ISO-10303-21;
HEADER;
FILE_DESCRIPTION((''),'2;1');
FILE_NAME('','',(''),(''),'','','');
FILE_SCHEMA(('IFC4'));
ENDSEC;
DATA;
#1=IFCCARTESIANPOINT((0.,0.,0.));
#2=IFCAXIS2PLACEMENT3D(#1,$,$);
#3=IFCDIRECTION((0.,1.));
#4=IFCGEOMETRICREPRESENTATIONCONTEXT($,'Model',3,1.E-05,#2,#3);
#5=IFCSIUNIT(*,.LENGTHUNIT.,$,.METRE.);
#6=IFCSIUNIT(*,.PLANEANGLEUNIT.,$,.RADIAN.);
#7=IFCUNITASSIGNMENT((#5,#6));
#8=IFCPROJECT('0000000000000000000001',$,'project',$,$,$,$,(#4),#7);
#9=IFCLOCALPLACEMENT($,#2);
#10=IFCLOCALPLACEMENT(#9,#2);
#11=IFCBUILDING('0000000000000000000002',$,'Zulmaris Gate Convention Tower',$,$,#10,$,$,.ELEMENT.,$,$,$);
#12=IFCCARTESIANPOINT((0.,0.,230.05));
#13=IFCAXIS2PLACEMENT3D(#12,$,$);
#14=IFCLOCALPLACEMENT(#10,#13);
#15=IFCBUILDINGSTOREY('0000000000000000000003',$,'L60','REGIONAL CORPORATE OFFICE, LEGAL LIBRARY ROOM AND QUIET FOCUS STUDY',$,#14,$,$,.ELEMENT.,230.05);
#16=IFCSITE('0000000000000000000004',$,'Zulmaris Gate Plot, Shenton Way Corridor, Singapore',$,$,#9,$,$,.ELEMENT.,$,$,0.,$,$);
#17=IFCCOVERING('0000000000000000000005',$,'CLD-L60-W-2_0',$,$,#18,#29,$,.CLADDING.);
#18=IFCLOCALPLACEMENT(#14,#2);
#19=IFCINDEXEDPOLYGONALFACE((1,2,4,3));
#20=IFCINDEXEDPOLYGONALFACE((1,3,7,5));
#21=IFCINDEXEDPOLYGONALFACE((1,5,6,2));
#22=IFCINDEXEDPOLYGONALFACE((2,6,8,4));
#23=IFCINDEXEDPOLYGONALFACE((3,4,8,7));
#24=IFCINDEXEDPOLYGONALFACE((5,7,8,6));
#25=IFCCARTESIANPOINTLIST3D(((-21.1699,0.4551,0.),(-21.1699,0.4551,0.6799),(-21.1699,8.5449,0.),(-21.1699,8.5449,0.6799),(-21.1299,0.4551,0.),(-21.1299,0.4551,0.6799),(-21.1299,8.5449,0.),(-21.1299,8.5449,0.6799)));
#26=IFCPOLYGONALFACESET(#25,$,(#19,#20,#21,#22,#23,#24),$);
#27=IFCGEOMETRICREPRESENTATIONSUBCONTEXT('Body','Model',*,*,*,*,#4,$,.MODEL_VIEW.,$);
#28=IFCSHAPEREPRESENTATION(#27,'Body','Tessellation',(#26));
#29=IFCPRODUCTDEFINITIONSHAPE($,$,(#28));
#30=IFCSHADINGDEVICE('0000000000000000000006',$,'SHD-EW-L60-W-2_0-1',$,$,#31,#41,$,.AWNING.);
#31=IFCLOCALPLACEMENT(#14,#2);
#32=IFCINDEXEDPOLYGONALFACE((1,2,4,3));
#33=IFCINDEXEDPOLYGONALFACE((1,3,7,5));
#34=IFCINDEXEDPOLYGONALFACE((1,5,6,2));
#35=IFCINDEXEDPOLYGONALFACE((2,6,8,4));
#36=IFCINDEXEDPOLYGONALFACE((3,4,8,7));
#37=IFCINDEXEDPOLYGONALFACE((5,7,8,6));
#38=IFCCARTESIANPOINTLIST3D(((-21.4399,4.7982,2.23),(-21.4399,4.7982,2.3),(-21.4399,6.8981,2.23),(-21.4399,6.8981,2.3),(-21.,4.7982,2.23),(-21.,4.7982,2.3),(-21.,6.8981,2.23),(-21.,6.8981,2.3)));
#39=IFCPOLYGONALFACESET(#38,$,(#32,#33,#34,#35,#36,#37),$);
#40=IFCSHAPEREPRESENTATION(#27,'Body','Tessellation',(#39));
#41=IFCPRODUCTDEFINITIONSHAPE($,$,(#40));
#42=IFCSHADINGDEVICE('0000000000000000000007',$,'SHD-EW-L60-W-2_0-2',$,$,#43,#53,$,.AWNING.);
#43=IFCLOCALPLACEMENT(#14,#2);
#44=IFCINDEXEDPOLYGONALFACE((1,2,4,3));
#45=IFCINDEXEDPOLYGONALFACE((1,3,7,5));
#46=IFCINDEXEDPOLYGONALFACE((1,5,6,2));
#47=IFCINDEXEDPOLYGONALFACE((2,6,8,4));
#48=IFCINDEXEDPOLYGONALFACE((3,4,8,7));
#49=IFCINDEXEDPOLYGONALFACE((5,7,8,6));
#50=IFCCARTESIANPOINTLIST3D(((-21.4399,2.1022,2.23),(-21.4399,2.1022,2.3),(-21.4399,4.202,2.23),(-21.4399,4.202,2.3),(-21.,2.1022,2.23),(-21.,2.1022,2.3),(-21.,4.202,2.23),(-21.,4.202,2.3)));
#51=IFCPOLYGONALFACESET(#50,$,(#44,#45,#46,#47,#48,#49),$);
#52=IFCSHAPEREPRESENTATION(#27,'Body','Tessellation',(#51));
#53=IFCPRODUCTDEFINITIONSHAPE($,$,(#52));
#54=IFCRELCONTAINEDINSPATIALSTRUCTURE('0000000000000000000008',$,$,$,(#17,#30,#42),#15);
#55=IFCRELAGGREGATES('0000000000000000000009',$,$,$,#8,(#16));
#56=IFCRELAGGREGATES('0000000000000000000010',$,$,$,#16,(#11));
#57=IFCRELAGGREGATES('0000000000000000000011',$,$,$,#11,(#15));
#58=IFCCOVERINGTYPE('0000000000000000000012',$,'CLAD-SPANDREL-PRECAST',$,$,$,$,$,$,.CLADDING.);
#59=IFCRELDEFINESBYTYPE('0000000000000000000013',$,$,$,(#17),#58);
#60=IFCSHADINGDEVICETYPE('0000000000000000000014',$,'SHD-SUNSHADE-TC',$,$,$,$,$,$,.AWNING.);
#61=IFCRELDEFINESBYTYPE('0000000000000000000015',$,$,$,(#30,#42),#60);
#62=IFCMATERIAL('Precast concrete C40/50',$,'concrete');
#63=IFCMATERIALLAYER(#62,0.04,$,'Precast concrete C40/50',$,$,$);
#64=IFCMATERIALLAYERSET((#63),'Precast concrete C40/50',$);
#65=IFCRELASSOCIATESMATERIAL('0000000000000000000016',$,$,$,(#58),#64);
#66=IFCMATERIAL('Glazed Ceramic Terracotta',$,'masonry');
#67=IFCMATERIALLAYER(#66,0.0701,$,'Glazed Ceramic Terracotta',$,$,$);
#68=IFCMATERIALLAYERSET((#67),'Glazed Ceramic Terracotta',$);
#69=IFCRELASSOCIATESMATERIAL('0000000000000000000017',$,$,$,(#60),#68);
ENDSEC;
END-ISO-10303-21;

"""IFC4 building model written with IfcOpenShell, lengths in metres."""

from ifc_helpers import new_model, si_unit, direction, frame, frame_2d, origin, place, context, subcontext, project, spatial, rectangle, extrude, material, layer, layer_set, type_object, element, save


model = new_model("IFC4")

# Units and contexts
model_context = context("Model", 3, precision=1e-05, world=origin(), true_north=direction((0.0, 1.0)))
body_context = subcontext(model_context, "Body", "Model", "MODEL_VIEW")
ifc_project = project(units=[si_unit("LENGTHUNIT", "METRE"), si_unit("PLANEANGLEUNIT", "RADIAN")], contexts=[model_context])

# Site, building, storey
site_placement = place(None, origin())
site = spatial("IfcSite", under=ifc_project, at=site_placement, Name="Zulmaris Gate Plot, Shenton Way Corridor, Singapore", CompositionType="ELEMENT", RefElevation=0.0)
building_placement = place(site_placement, origin())
building = spatial("IfcBuilding", under=site, at=building_placement, Name="Zulmaris Gate Convention Tower", CompositionType="ELEMENT")
storey_placement = place(building_placement, frame((0.0, 0.0, 230.05)))
storey = spatial("IfcBuildingStorey", under=building, at=storey_placement, Name="L60", Description="REGIONAL CORPORATE OFFICE, LEGAL LIBRARY ROOM AND QUIET FOCUS STUDY", CompositionType="ELEMENT", Elevation=230.05)

# Shared definitions
ifc_material_1 = material(Name="Precast concrete C40/50", Category="concrete")

# Covering
ifc_layer_1 = layer(ifc_material_1, 0.04, Name="Precast concrete C40/50")
ifc_layer_set_1 = layer_set([ifc_layer_1], Name="Precast concrete C40/50")
covering_type = type_object("IfcCoveringType", Name="CLAD-SPANDREL-PRECAST", PredefinedType="CLADDING", material=ifc_layer_set_1)
covering_placement = place(storey_placement, frame((-21.1499, 8.5449, 0.0), z_axis=(0.0, 0.0, 1.0), x_axis=(0.0, -1.0, 0.0)))
element("IfcCovering", 1, at=covering_placement, inside=storey, type_object=covering_type, Name="CLD-L60-W-2_0", PredefinedType="CLADDING", context=body_context, shape_type="SweptSolid", body=[
    extrude(rectangle(XDim=8.0898, YDim=0.04, at=frame_2d((4.0449, 0.0))), origin(), (0.0, 0.0, 1.0), 0.6799),
])

# Shading devices
ifc_material_2 = material(Name="Glazed Ceramic Terracotta", Category="masonry")
ifc_layer_2 = layer(ifc_material_2, 0.0701, Name="Glazed Ceramic Terracotta")
ifc_layer_set_2 = layer_set([ifc_layer_2], Name="Glazed Ceramic Terracotta")
shading_device_type = type_object("IfcShadingDeviceType", Name="SHD-SUNSHADE-TC", PredefinedType="AWNING", material=ifc_layer_set_2)
for number, where, z_axis, x_axis, name in (
    (2, (-21.22, 6.8979, 2.23), (0.0, 0.0, 1.0), (0.0, -1.0, 0.0), "SHD-EW-L60-W-2_0-1"),
    (3, (-21.22, 4.2019, 2.23), (0.0, 0.0, 1.0), (0.0, -1.0, 0.0), "SHD-EW-L60-W-2_0-2"),
):
    element("IfcShadingDevice", number, at=place(storey_placement, frame(where, z_axis=z_axis, x_axis=x_axis)), inside=storey, type_object=shading_device_type, Name=name, PredefinedType="AWNING", context=body_context, shape_type="SweptSolid", body=[
        extrude(rectangle(XDim=2.0999, YDim=0.4399, at=frame_2d((1.0498, 0.0))), origin(), (0.0, 0.0, 1.0), 0.0701),
    ])

save(model, "model.ifc")
